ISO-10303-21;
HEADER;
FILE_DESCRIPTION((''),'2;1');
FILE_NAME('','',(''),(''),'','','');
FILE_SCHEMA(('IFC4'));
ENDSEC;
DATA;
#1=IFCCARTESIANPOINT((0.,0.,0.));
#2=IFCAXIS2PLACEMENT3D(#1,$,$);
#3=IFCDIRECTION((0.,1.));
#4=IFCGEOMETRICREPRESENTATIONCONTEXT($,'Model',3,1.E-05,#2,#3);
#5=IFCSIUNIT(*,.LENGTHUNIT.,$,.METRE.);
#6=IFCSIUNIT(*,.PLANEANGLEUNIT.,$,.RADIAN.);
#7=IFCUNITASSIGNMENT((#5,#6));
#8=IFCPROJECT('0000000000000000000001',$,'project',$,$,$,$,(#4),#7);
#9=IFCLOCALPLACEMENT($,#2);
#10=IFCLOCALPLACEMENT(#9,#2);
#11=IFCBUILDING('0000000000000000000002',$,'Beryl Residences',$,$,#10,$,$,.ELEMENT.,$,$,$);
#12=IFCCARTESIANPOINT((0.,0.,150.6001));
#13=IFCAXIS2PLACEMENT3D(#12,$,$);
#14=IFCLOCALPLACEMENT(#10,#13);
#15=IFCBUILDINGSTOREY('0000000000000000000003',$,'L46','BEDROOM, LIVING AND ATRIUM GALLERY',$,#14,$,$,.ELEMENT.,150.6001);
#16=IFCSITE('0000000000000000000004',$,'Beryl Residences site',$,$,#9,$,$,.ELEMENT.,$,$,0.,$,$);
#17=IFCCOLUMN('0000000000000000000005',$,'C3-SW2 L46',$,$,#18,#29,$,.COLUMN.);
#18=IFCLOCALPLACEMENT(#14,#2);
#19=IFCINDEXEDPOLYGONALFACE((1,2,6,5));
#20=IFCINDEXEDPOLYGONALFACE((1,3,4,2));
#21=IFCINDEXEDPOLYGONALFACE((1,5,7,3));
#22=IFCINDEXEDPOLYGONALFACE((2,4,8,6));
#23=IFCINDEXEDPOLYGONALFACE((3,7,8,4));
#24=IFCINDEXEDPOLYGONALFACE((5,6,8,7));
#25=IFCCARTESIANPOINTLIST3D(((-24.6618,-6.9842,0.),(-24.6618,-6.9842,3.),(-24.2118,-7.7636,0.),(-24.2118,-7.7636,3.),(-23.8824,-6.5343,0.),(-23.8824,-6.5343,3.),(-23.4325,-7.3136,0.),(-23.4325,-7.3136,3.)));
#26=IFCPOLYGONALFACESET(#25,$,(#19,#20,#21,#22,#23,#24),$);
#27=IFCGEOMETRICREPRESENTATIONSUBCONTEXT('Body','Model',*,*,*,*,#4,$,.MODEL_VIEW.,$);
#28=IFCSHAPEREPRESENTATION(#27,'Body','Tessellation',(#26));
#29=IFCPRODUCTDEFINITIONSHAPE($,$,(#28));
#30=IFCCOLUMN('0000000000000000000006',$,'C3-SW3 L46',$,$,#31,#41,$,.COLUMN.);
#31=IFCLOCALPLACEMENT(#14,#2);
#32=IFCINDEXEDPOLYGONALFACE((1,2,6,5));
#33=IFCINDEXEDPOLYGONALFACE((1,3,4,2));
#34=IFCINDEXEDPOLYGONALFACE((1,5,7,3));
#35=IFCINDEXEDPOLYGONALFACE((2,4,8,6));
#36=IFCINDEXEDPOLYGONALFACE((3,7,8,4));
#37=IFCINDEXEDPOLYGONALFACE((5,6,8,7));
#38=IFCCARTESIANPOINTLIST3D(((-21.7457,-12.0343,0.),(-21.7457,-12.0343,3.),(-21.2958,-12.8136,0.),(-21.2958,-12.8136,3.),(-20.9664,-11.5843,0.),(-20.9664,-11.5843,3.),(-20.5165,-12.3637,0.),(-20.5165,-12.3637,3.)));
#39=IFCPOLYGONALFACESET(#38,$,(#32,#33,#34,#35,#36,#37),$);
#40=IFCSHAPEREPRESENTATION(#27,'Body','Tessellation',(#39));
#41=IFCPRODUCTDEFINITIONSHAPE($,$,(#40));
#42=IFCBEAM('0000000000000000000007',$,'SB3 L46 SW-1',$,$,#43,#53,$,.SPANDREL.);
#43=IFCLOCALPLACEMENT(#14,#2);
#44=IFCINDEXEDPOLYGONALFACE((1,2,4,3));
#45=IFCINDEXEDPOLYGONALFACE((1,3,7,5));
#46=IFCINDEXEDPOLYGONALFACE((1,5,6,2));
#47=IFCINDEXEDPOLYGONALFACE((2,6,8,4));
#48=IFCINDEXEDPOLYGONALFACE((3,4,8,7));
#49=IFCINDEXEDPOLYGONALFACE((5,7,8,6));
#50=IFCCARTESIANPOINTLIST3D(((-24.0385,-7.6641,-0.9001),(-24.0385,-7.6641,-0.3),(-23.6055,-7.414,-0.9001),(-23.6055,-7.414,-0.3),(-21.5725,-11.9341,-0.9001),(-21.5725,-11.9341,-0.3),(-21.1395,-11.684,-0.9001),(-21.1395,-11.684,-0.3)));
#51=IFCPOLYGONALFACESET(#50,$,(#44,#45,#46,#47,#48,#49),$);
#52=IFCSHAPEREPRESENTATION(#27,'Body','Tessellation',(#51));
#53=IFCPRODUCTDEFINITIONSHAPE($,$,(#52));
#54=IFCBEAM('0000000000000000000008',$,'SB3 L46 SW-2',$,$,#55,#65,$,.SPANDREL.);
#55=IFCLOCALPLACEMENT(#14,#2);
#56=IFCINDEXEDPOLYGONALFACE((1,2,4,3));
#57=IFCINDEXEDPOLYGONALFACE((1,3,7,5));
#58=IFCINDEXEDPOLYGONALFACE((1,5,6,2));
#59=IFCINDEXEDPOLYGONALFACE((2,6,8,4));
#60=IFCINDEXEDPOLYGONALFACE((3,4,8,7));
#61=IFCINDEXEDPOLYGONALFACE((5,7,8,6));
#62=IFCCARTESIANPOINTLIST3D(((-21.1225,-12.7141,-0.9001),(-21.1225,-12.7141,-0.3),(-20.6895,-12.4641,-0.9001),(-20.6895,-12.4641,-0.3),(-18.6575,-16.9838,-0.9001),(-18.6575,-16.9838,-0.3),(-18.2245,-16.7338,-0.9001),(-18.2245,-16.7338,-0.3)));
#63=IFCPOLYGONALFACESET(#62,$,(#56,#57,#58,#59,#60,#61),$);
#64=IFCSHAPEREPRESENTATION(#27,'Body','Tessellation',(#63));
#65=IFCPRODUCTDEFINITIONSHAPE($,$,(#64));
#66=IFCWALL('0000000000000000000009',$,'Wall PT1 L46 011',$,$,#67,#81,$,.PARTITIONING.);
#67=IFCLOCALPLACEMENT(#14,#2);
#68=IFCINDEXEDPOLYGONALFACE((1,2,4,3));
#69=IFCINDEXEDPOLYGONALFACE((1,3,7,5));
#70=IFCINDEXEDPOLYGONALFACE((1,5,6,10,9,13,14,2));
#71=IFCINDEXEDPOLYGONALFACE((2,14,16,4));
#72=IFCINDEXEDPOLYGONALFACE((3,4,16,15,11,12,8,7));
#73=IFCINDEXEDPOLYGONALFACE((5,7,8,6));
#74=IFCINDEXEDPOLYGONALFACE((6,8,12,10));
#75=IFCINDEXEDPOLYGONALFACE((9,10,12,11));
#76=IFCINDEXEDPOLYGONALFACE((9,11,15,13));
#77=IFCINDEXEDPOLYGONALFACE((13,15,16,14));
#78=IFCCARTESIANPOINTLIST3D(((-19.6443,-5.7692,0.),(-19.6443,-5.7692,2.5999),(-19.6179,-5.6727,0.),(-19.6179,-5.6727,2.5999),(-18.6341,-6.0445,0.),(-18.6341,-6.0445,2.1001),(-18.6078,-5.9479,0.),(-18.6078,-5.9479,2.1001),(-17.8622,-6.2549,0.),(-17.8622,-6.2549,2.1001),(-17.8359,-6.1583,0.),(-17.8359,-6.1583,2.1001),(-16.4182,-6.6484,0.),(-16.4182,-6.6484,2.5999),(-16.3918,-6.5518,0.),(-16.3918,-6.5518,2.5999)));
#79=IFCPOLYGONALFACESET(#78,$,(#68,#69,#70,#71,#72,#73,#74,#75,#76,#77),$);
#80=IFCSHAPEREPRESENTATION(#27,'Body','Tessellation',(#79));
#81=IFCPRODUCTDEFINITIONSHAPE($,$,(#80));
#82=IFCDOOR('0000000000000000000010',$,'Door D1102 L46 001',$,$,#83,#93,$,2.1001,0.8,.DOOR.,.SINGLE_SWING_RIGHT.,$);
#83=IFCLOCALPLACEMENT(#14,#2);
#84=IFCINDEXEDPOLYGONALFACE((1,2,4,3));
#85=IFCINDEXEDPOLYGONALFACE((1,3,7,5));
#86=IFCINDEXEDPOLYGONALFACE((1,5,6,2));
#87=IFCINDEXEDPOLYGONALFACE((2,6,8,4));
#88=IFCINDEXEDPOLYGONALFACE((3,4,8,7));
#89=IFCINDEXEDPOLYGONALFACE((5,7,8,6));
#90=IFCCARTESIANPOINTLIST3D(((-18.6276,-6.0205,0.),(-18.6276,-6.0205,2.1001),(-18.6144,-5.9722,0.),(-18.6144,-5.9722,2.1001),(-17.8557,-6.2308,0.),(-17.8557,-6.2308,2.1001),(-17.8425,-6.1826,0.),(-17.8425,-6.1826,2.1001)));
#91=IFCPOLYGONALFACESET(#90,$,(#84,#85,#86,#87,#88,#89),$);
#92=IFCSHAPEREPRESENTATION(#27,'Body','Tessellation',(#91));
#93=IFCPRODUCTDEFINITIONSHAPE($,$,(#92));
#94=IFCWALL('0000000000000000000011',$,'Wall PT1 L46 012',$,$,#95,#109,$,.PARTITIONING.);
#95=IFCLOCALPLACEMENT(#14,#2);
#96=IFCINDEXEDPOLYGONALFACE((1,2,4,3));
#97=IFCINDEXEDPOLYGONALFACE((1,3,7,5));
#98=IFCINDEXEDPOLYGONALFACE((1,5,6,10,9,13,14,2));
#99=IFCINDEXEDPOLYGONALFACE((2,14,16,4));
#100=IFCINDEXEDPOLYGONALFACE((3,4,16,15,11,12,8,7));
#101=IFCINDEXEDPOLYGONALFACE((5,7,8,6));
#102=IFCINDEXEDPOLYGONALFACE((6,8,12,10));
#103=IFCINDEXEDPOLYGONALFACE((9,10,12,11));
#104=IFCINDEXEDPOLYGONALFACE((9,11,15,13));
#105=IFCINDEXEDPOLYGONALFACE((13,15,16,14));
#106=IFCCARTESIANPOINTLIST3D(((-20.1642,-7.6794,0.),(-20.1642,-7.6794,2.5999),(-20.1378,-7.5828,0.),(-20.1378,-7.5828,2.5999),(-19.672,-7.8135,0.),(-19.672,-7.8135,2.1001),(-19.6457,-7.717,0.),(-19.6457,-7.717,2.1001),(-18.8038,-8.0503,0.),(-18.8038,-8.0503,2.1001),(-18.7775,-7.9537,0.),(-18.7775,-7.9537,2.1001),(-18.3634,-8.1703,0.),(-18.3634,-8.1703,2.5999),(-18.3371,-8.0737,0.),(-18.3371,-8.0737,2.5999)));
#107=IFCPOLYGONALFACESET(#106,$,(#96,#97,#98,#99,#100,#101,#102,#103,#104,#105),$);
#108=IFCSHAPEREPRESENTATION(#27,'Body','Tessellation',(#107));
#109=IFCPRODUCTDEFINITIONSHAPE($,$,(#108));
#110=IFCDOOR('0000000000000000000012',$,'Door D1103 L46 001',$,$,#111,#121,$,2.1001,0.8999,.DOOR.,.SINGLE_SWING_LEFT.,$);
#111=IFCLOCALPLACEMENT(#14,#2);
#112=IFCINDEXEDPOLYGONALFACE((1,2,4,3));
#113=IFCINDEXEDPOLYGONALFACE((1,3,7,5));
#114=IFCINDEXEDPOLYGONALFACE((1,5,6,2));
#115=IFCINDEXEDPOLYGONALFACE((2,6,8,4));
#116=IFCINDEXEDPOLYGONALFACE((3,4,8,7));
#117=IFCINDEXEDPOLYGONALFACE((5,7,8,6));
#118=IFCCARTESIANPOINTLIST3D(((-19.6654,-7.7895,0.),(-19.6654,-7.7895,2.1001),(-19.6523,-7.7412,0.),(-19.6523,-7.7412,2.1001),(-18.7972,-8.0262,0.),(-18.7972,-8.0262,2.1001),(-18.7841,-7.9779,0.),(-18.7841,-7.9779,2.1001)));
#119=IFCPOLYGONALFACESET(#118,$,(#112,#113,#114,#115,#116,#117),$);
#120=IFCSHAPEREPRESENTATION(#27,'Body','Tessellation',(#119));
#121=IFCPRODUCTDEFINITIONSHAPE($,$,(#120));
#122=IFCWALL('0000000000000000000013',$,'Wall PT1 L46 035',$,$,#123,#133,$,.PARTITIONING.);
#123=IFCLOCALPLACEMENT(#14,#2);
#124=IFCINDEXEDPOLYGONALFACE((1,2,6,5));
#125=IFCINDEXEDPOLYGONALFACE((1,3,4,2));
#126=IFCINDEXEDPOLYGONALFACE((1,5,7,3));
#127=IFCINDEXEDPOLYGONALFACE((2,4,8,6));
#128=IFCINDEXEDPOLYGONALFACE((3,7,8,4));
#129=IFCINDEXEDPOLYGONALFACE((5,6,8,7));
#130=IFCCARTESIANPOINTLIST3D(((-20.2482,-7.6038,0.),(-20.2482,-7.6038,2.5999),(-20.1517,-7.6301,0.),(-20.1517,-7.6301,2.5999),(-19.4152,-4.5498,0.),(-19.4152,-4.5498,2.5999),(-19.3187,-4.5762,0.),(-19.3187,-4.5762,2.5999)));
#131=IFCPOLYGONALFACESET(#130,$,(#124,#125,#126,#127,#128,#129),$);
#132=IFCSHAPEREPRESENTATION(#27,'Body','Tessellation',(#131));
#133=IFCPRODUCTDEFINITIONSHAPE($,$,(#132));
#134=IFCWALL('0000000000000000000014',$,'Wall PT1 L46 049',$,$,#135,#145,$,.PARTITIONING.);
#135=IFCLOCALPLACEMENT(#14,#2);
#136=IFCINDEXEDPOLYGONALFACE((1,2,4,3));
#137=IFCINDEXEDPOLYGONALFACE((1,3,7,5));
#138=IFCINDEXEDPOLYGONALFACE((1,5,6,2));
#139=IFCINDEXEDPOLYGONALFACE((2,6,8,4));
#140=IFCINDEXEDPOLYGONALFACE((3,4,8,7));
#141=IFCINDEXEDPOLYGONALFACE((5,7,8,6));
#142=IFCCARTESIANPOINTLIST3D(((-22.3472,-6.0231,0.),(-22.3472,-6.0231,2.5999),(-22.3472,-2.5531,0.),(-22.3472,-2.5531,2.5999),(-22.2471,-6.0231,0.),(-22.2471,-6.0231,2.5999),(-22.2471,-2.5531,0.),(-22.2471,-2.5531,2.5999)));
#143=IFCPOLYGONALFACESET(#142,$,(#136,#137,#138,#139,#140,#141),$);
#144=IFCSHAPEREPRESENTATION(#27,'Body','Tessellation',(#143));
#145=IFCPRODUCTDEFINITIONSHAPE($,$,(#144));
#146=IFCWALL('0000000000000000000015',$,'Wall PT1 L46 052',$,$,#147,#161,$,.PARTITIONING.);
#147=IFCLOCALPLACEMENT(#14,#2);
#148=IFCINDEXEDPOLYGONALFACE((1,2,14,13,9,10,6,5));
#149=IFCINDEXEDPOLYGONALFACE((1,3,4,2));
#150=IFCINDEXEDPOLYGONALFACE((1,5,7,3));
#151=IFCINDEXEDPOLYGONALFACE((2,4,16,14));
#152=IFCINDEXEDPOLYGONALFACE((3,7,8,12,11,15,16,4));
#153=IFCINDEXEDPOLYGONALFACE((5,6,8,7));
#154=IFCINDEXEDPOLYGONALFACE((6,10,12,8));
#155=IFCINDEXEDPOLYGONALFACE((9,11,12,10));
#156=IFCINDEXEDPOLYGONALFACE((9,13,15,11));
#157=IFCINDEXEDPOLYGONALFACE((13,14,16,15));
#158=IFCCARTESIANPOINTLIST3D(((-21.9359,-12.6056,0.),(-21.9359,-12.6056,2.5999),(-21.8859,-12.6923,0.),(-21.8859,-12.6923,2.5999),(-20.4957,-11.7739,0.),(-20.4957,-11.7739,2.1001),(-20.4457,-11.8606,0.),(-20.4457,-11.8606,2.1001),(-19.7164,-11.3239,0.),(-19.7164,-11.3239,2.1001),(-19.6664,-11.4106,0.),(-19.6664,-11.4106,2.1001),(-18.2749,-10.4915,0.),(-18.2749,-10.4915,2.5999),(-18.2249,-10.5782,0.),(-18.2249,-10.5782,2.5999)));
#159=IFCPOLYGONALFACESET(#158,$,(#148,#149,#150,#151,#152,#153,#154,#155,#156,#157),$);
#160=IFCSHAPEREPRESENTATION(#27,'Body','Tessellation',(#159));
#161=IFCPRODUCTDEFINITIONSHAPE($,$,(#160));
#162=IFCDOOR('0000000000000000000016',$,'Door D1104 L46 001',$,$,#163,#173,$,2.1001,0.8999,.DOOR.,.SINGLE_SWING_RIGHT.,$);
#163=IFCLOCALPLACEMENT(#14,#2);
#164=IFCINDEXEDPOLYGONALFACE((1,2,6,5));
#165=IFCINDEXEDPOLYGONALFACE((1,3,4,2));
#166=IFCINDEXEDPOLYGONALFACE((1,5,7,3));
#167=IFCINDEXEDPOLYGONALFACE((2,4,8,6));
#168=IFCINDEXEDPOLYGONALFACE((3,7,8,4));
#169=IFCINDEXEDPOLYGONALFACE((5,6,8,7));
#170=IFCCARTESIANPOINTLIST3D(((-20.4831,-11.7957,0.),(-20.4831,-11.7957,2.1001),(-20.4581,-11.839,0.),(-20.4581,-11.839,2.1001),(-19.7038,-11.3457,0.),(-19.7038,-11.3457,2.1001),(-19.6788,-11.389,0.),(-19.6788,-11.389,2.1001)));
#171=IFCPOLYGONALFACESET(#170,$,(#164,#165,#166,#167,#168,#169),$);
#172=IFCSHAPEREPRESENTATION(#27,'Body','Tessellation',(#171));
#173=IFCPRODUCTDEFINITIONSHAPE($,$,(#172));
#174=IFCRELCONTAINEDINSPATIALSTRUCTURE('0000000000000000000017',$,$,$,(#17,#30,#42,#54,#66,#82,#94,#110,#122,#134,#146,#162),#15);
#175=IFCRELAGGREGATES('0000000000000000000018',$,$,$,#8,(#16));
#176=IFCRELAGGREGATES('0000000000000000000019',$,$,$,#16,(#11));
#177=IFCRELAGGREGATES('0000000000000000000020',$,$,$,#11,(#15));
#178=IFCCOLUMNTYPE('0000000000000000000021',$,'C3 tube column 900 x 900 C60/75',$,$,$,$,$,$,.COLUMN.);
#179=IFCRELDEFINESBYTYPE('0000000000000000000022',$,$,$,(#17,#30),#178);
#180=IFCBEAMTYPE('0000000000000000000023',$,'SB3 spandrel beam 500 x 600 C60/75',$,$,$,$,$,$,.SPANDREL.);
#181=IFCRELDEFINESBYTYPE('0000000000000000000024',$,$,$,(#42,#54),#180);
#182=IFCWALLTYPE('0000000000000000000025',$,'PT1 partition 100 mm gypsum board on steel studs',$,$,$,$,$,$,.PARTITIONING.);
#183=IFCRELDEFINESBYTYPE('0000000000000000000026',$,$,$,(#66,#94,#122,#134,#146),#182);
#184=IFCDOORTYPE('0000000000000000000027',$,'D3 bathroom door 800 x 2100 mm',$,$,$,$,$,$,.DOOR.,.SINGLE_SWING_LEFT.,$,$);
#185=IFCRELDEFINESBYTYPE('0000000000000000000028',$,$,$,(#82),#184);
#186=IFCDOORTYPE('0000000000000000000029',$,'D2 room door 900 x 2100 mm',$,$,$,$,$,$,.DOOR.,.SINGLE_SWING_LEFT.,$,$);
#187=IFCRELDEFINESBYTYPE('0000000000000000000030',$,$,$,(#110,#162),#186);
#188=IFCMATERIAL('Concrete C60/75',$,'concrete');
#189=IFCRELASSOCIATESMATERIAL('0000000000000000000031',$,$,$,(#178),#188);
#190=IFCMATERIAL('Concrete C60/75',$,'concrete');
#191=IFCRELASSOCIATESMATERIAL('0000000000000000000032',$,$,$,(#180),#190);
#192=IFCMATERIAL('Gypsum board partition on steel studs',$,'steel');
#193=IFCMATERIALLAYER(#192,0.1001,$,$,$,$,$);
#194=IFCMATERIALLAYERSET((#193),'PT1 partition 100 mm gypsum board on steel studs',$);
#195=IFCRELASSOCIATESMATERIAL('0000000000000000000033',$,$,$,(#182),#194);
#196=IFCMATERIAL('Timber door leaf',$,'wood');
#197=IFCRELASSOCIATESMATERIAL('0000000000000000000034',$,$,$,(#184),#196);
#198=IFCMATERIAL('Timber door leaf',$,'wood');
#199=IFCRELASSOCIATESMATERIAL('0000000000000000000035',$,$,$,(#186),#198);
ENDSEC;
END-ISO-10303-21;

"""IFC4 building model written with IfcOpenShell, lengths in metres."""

from ifc_helpers import new_model, si_unit, direction, frame, frame_2d, origin, origin_2d, place, context, subcontext, project, spatial, rectangle, extrude, material, layer, layer_set, material_profile, profile_set, type_object, element, fill, save


model = new_model("IFC4")

# Units and contexts
model_context = context("Model", 3, precision=1e-05, world=origin(), true_north=direction((0.0, 1.0)))
body_context = subcontext(model_context, "Body", "Model", "MODEL_VIEW")
ifc_project = project(units=[si_unit("LENGTHUNIT", "METRE"), si_unit("PLANEANGLEUNIT", "RADIAN")], contexts=[model_context])

# Site, building, storey
site_placement = place(None, origin())
site = spatial("IfcSite", under=ifc_project, at=site_placement, Name="Beryl Residences site", CompositionType="ELEMENT", RefElevation=0.0)
building_placement = place(site_placement, origin())
building = spatial("IfcBuilding", under=site, at=building_placement, Name="Beryl Residences", CompositionType="ELEMENT")
storey_placement = place(building_placement, frame((0.0, 0.0, 150.6001)))
storey = spatial("IfcBuildingStorey", under=building, at=storey_placement, Name="L46", Description="BEDROOM, LIVING AND ATRIUM GALLERY", CompositionType="ELEMENT", Elevation=150.6001)

# Columns
ifc_material_1 = material(Name="Concrete C60/75", Category="concrete")
ifc_material_profile_1 = material_profile(ifc_material_1, rectangle(XDim=0.8999, YDim=0.8999, at=origin_2d()))
ifc_profile_set_1 = profile_set([ifc_material_profile_1], Name="Concrete C60/75")
column_type = type_object("IfcColumnType", Name="C3 tube column 900 x 900 C60/75", PredefinedType="COLUMN", material=ifc_profile_set_1)
for number, where, z_axis, x_axis, name in (
    (1, (-24.0471, -7.1489, 0.0), (0.0, 0.0, 1.0), (0.5, -0.866025, 0.0), "C3-SW2 L46"),
    (2, (-21.1311, -12.199, 0.0), (0.0, 0.0, 1.0), (0.5, -0.866025, 0.0), "C3-SW3 L46"),
):
    element("IfcColumn", number, at=place(storey_placement, frame(where, z_axis=z_axis, x_axis=x_axis)), inside=storey, type_object=column_type, Name=name, PredefinedType="COLUMN", context=body_context, shape_type="SweptSolid", body=[
        extrude(rectangle(XDim=0.8999, YDim=0.8999, at=origin_2d()), origin(), (0.0, 0.0, 1.0), 3.0),
    ])

# Beams
ifc_material_2 = material(Name="Concrete C60/75", Category="concrete")
ifc_material_profile_2 = material_profile(ifc_material_2, rectangle(XDim=0.5, YDim=0.6001, at=origin_2d()))
ifc_profile_set_2 = profile_set([ifc_material_profile_2], Name="Concrete C60/75")
beam_type = type_object("IfcBeamType", Name="SB3 spandrel beam 500 x 600 C60/75", PredefinedType="SPANDREL", material=ifc_profile_set_2)
beam_1_placement = place(storey_placement, frame((-23.822, -7.5391, -0.6001), z_axis=(0.500117, -0.865958, 0.0), x_axis=(0.865958, 0.500117, 0.0)))
element("IfcBeam", 3, at=beam_1_placement, inside=storey, type_object=beam_type, Name="SB3 L46 SW-1", PredefinedType="SPANDREL", context=body_context, shape_type="SweptSolid", body=[
    extrude(rectangle(XDim=0.5, YDim=0.6001, at=origin_2d()), origin(), (0.0, 0.0, 1.0), 4.9309),
])
beam_2_placement = place(storey_placement, frame((-20.906, -12.5891, -0.6001), z_axis=(0.49999, -0.866031, 0.0), x_axis=(0.866031, 0.49999, 0.0)))
element("IfcBeam", 4, at=beam_2_placement, inside=storey, type_object=beam_type, Name="SB3 L46 SW-2", PredefinedType="SPANDREL", context=body_context, shape_type="SweptSolid", body=[
    extrude(rectangle(XDim=0.5, YDim=0.6001, at=origin_2d()), origin(), (0.0, 0.0, 1.0), 4.9302),
])

# Walls, openings, doors
ifc_material_3 = material(Name="Gypsum board partition on steel studs", Category="steel")
ifc_layer_1 = layer(ifc_material_3, 0.1001)
ifc_layer_set_1 = layer_set([ifc_layer_1], Name="PT1 partition 100 mm gypsum board on steel studs")
wall_type_1 = type_object("IfcWallType", Name="PT1 partition 100 mm gypsum board on steel studs", PredefinedType="PARTITIONING", material=ifc_layer_set_1)
wall_1_placement = place(storey_placement, frame((-19.6311, -5.7209, 0.0), z_axis=(0.0, 0.0, 1.0), x_axis=(0.964816, -0.262926, 0.0)))
wall_1 = element("IfcWall", 5, at=wall_1_placement, inside=storey, type_object=wall_type_1, Name="Wall PT1 L46 011", PredefinedType="PARTITIONING", context=body_context, shape_type="SweptSolid", body=[
    extrude(rectangle(XDim=3.3438, YDim=0.1001, at=frame_2d((1.6719, 0.0))), origin(), (0.0, 0.0, 1.0), 2.5999),
])
opening_1_placement = place(wall_1_placement, frame((1.0471, 0.0, 0.0)))
opening_1 = element("IfcOpeningElement", 6, at=opening_1_placement, cuts=wall_1, PredefinedType="OPENING", context=body_context, shape_type="SweptSolid", body=[
    extrude(rectangle(XDim=0.8, YDim=2.1001, at=frame_2d((0.3999, 1.05))), frame((0.0, 0.0601, 0.0), z_axis=(0.0, -1.0, 0.0), x_axis=(1.0, 0.0, 0.0)), (0.0, 0.0, 1.0), 0.1201),
])
ifc_material_4 = material(Name="Timber door leaf", Category="wood")
door_type_1 = type_object("IfcDoorType", Name="D3 bathroom door 800 x 2100 mm", OperationType="SINGLE_SWING_LEFT", PredefinedType="DOOR", material=ifc_material_4)
door_1_placement = place(opening_1_placement, origin())
door_1 = element("IfcDoor", 7, at=door_1_placement, inside=storey, type_object=door_type_1, Name="Door D1102 L46 001", OperationType="SINGLE_SWING_RIGHT", OverallHeight=2.1001, OverallWidth=0.8, PredefinedType="DOOR", context=body_context, shape_type="SweptSolid", body=[
    extrude(rectangle(XDim=0.8, YDim=2.1001, at=frame_2d((0.3999, 1.05))), frame((0.0, 0.0249, 0.0), z_axis=(0.0, -1.0, 0.0), x_axis=(1.0, 0.0, 0.0)), (0.0, 0.0, 1.0), 0.05),
])
fill(opening_1, door_1)
wall_2_placement = place(storey_placement, frame((-20.1509, -7.6311, 0.0), z_axis=(0.0, 0.0, 1.0), x_axis=(0.964785, -0.26304, 0.0)))
wall_2 = element("IfcWall", 8, at=wall_2_placement, inside=storey, type_object=wall_type_1, Name="Wall PT1 L46 012", PredefinedType="PARTITIONING", context=body_context, shape_type="SweptSolid", body=[
    extrude(rectangle(XDim=1.8665, YDim=0.1001, at=frame_2d((0.9331, 0.0))), origin(), (0.0, 0.0, 1.0), 2.5999),
])
opening_2_placement = place(wall_2_placement, frame((0.51, 0.0, 0.0)))
opening_2 = element("IfcOpeningElement", 9, at=opening_2_placement, cuts=wall_2, PredefinedType="OPENING", context=body_context, shape_type="SweptSolid", body=[
    extrude(rectangle(XDim=0.8999, YDim=2.1001, at=frame_2d((0.45, 1.05))), frame((0.0, 0.0601, 0.0), z_axis=(0.0, -1.0, 0.0), x_axis=(1.0, 0.0, 0.0)), (0.0, 0.0, 1.0), 0.1201),
])
ifc_material_5 = material(Name="Timber door leaf", Category="wood")
door_type_2 = type_object("IfcDoorType", Name="D2 room door 900 x 2100 mm", OperationType="SINGLE_SWING_LEFT", PredefinedType="DOOR", material=ifc_material_5)
door_2_placement = place(opening_2_placement, origin())
door_2 = element("IfcDoor", 10, at=door_2_placement, inside=storey, type_object=door_type_2, Name="Door D1103 L46 001", OperationType="SINGLE_SWING_LEFT", OverallHeight=2.1001, OverallWidth=0.8999, PredefinedType="DOOR", context=body_context, shape_type="SweptSolid", body=[
    extrude(rectangle(XDim=0.8999, YDim=2.1001, at=frame_2d((0.45, 1.05))), frame((0.0, 0.0249, 0.0), z_axis=(0.0, -1.0, 0.0), x_axis=(1.0, 0.0, 0.0)), (0.0, 0.0, 1.0), 0.05),
])
fill(opening_2, door_2)

# Walls
wall_3_placement = place(storey_placement, frame((-20.2, -7.6169, 0.0), z_axis=(0.0, 0.0, 1.0), x_axis=(0.26315, 0.964755, 0.0)))
element("IfcWall", 11, at=wall_3_placement, inside=storey, type_object=wall_type_1, Name="Wall PT1 L46 035", PredefinedType="PARTITIONING", context=body_context, shape_type="SweptSolid", body=[
    extrude(rectangle(XDim=3.1655, YDim=0.1001, at=frame_2d((1.5828, 0.0))), origin(), (0.0, 0.0, 1.0), 2.5999),
])
wall_4_placement = place(storey_placement, frame((-22.2971, -6.0229, 0.0), z_axis=(0.0, 0.0, 1.0), x_axis=(0.0, 1.0, 0.0)))
element("IfcWall", 12, at=wall_4_placement, inside=storey, type_object=wall_type_1, Name="Wall PT1 L46 049", PredefinedType="PARTITIONING", context=body_context, shape_type="SweptSolid", body=[
    extrude(rectangle(XDim=3.47, YDim=0.1001, at=frame_2d((1.7349, 0.0))), origin(), (0.0, 0.0, 1.0), 2.5999),
])

# Wall, opening, door
wall_5_placement = place(storey_placement, frame((-21.9109, -12.6489, 0.0), z_axis=(0.0, 0.0, 1.0), x_axis=(0.865985, 0.500071, 0.0)))
wall_5 = element("IfcWall", 13, at=wall_5_placement, inside=storey, type_object=wall_type_1, Name="Wall PT1 L46 052", PredefinedType="PARTITIONING", context=body_context, shape_type="SweptSolid", body=[
    extrude(rectangle(XDim=4.2275, YDim=0.1001, at=frame_2d((2.1138, 0.0))), origin(), (0.0, 0.0, 1.0), 2.5999),
])
opening_3_placement = place(wall_5_placement, frame((1.6631, 0.0, 0.0)))
opening_3 = element("IfcOpeningElement", 14, at=opening_3_placement, cuts=wall_5, PredefinedType="OPENING", context=body_context, shape_type="SweptSolid", body=[
    extrude(rectangle(XDim=0.8999, YDim=2.1001, at=frame_2d((0.45, 1.05))), frame((0.0, 0.0601, 0.0), z_axis=(0.0, -1.0, 0.0), x_axis=(1.0, 0.0, 0.0)), (0.0, 0.0, 1.0), 0.1201),
])
door_3_placement = place(opening_3_placement, origin())
door_3 = element("IfcDoor", 15, at=door_3_placement, inside=storey, type_object=door_type_2, Name="Door D1104 L46 001", OperationType="SINGLE_SWING_RIGHT", OverallHeight=2.1001, OverallWidth=0.8999, PredefinedType="DOOR", context=body_context, shape_type="SweptSolid", body=[
    extrude(rectangle(XDim=0.8999, YDim=2.1001, at=frame_2d((0.45, 1.05))), frame((0.0, 0.0249, 0.0), z_axis=(0.0, -1.0, 0.0), x_axis=(1.0, 0.0, 0.0)), (0.0, 0.0, 1.0), 0.05),
])
fill(opening_3, door_3)

save(model, "model.ifc")
